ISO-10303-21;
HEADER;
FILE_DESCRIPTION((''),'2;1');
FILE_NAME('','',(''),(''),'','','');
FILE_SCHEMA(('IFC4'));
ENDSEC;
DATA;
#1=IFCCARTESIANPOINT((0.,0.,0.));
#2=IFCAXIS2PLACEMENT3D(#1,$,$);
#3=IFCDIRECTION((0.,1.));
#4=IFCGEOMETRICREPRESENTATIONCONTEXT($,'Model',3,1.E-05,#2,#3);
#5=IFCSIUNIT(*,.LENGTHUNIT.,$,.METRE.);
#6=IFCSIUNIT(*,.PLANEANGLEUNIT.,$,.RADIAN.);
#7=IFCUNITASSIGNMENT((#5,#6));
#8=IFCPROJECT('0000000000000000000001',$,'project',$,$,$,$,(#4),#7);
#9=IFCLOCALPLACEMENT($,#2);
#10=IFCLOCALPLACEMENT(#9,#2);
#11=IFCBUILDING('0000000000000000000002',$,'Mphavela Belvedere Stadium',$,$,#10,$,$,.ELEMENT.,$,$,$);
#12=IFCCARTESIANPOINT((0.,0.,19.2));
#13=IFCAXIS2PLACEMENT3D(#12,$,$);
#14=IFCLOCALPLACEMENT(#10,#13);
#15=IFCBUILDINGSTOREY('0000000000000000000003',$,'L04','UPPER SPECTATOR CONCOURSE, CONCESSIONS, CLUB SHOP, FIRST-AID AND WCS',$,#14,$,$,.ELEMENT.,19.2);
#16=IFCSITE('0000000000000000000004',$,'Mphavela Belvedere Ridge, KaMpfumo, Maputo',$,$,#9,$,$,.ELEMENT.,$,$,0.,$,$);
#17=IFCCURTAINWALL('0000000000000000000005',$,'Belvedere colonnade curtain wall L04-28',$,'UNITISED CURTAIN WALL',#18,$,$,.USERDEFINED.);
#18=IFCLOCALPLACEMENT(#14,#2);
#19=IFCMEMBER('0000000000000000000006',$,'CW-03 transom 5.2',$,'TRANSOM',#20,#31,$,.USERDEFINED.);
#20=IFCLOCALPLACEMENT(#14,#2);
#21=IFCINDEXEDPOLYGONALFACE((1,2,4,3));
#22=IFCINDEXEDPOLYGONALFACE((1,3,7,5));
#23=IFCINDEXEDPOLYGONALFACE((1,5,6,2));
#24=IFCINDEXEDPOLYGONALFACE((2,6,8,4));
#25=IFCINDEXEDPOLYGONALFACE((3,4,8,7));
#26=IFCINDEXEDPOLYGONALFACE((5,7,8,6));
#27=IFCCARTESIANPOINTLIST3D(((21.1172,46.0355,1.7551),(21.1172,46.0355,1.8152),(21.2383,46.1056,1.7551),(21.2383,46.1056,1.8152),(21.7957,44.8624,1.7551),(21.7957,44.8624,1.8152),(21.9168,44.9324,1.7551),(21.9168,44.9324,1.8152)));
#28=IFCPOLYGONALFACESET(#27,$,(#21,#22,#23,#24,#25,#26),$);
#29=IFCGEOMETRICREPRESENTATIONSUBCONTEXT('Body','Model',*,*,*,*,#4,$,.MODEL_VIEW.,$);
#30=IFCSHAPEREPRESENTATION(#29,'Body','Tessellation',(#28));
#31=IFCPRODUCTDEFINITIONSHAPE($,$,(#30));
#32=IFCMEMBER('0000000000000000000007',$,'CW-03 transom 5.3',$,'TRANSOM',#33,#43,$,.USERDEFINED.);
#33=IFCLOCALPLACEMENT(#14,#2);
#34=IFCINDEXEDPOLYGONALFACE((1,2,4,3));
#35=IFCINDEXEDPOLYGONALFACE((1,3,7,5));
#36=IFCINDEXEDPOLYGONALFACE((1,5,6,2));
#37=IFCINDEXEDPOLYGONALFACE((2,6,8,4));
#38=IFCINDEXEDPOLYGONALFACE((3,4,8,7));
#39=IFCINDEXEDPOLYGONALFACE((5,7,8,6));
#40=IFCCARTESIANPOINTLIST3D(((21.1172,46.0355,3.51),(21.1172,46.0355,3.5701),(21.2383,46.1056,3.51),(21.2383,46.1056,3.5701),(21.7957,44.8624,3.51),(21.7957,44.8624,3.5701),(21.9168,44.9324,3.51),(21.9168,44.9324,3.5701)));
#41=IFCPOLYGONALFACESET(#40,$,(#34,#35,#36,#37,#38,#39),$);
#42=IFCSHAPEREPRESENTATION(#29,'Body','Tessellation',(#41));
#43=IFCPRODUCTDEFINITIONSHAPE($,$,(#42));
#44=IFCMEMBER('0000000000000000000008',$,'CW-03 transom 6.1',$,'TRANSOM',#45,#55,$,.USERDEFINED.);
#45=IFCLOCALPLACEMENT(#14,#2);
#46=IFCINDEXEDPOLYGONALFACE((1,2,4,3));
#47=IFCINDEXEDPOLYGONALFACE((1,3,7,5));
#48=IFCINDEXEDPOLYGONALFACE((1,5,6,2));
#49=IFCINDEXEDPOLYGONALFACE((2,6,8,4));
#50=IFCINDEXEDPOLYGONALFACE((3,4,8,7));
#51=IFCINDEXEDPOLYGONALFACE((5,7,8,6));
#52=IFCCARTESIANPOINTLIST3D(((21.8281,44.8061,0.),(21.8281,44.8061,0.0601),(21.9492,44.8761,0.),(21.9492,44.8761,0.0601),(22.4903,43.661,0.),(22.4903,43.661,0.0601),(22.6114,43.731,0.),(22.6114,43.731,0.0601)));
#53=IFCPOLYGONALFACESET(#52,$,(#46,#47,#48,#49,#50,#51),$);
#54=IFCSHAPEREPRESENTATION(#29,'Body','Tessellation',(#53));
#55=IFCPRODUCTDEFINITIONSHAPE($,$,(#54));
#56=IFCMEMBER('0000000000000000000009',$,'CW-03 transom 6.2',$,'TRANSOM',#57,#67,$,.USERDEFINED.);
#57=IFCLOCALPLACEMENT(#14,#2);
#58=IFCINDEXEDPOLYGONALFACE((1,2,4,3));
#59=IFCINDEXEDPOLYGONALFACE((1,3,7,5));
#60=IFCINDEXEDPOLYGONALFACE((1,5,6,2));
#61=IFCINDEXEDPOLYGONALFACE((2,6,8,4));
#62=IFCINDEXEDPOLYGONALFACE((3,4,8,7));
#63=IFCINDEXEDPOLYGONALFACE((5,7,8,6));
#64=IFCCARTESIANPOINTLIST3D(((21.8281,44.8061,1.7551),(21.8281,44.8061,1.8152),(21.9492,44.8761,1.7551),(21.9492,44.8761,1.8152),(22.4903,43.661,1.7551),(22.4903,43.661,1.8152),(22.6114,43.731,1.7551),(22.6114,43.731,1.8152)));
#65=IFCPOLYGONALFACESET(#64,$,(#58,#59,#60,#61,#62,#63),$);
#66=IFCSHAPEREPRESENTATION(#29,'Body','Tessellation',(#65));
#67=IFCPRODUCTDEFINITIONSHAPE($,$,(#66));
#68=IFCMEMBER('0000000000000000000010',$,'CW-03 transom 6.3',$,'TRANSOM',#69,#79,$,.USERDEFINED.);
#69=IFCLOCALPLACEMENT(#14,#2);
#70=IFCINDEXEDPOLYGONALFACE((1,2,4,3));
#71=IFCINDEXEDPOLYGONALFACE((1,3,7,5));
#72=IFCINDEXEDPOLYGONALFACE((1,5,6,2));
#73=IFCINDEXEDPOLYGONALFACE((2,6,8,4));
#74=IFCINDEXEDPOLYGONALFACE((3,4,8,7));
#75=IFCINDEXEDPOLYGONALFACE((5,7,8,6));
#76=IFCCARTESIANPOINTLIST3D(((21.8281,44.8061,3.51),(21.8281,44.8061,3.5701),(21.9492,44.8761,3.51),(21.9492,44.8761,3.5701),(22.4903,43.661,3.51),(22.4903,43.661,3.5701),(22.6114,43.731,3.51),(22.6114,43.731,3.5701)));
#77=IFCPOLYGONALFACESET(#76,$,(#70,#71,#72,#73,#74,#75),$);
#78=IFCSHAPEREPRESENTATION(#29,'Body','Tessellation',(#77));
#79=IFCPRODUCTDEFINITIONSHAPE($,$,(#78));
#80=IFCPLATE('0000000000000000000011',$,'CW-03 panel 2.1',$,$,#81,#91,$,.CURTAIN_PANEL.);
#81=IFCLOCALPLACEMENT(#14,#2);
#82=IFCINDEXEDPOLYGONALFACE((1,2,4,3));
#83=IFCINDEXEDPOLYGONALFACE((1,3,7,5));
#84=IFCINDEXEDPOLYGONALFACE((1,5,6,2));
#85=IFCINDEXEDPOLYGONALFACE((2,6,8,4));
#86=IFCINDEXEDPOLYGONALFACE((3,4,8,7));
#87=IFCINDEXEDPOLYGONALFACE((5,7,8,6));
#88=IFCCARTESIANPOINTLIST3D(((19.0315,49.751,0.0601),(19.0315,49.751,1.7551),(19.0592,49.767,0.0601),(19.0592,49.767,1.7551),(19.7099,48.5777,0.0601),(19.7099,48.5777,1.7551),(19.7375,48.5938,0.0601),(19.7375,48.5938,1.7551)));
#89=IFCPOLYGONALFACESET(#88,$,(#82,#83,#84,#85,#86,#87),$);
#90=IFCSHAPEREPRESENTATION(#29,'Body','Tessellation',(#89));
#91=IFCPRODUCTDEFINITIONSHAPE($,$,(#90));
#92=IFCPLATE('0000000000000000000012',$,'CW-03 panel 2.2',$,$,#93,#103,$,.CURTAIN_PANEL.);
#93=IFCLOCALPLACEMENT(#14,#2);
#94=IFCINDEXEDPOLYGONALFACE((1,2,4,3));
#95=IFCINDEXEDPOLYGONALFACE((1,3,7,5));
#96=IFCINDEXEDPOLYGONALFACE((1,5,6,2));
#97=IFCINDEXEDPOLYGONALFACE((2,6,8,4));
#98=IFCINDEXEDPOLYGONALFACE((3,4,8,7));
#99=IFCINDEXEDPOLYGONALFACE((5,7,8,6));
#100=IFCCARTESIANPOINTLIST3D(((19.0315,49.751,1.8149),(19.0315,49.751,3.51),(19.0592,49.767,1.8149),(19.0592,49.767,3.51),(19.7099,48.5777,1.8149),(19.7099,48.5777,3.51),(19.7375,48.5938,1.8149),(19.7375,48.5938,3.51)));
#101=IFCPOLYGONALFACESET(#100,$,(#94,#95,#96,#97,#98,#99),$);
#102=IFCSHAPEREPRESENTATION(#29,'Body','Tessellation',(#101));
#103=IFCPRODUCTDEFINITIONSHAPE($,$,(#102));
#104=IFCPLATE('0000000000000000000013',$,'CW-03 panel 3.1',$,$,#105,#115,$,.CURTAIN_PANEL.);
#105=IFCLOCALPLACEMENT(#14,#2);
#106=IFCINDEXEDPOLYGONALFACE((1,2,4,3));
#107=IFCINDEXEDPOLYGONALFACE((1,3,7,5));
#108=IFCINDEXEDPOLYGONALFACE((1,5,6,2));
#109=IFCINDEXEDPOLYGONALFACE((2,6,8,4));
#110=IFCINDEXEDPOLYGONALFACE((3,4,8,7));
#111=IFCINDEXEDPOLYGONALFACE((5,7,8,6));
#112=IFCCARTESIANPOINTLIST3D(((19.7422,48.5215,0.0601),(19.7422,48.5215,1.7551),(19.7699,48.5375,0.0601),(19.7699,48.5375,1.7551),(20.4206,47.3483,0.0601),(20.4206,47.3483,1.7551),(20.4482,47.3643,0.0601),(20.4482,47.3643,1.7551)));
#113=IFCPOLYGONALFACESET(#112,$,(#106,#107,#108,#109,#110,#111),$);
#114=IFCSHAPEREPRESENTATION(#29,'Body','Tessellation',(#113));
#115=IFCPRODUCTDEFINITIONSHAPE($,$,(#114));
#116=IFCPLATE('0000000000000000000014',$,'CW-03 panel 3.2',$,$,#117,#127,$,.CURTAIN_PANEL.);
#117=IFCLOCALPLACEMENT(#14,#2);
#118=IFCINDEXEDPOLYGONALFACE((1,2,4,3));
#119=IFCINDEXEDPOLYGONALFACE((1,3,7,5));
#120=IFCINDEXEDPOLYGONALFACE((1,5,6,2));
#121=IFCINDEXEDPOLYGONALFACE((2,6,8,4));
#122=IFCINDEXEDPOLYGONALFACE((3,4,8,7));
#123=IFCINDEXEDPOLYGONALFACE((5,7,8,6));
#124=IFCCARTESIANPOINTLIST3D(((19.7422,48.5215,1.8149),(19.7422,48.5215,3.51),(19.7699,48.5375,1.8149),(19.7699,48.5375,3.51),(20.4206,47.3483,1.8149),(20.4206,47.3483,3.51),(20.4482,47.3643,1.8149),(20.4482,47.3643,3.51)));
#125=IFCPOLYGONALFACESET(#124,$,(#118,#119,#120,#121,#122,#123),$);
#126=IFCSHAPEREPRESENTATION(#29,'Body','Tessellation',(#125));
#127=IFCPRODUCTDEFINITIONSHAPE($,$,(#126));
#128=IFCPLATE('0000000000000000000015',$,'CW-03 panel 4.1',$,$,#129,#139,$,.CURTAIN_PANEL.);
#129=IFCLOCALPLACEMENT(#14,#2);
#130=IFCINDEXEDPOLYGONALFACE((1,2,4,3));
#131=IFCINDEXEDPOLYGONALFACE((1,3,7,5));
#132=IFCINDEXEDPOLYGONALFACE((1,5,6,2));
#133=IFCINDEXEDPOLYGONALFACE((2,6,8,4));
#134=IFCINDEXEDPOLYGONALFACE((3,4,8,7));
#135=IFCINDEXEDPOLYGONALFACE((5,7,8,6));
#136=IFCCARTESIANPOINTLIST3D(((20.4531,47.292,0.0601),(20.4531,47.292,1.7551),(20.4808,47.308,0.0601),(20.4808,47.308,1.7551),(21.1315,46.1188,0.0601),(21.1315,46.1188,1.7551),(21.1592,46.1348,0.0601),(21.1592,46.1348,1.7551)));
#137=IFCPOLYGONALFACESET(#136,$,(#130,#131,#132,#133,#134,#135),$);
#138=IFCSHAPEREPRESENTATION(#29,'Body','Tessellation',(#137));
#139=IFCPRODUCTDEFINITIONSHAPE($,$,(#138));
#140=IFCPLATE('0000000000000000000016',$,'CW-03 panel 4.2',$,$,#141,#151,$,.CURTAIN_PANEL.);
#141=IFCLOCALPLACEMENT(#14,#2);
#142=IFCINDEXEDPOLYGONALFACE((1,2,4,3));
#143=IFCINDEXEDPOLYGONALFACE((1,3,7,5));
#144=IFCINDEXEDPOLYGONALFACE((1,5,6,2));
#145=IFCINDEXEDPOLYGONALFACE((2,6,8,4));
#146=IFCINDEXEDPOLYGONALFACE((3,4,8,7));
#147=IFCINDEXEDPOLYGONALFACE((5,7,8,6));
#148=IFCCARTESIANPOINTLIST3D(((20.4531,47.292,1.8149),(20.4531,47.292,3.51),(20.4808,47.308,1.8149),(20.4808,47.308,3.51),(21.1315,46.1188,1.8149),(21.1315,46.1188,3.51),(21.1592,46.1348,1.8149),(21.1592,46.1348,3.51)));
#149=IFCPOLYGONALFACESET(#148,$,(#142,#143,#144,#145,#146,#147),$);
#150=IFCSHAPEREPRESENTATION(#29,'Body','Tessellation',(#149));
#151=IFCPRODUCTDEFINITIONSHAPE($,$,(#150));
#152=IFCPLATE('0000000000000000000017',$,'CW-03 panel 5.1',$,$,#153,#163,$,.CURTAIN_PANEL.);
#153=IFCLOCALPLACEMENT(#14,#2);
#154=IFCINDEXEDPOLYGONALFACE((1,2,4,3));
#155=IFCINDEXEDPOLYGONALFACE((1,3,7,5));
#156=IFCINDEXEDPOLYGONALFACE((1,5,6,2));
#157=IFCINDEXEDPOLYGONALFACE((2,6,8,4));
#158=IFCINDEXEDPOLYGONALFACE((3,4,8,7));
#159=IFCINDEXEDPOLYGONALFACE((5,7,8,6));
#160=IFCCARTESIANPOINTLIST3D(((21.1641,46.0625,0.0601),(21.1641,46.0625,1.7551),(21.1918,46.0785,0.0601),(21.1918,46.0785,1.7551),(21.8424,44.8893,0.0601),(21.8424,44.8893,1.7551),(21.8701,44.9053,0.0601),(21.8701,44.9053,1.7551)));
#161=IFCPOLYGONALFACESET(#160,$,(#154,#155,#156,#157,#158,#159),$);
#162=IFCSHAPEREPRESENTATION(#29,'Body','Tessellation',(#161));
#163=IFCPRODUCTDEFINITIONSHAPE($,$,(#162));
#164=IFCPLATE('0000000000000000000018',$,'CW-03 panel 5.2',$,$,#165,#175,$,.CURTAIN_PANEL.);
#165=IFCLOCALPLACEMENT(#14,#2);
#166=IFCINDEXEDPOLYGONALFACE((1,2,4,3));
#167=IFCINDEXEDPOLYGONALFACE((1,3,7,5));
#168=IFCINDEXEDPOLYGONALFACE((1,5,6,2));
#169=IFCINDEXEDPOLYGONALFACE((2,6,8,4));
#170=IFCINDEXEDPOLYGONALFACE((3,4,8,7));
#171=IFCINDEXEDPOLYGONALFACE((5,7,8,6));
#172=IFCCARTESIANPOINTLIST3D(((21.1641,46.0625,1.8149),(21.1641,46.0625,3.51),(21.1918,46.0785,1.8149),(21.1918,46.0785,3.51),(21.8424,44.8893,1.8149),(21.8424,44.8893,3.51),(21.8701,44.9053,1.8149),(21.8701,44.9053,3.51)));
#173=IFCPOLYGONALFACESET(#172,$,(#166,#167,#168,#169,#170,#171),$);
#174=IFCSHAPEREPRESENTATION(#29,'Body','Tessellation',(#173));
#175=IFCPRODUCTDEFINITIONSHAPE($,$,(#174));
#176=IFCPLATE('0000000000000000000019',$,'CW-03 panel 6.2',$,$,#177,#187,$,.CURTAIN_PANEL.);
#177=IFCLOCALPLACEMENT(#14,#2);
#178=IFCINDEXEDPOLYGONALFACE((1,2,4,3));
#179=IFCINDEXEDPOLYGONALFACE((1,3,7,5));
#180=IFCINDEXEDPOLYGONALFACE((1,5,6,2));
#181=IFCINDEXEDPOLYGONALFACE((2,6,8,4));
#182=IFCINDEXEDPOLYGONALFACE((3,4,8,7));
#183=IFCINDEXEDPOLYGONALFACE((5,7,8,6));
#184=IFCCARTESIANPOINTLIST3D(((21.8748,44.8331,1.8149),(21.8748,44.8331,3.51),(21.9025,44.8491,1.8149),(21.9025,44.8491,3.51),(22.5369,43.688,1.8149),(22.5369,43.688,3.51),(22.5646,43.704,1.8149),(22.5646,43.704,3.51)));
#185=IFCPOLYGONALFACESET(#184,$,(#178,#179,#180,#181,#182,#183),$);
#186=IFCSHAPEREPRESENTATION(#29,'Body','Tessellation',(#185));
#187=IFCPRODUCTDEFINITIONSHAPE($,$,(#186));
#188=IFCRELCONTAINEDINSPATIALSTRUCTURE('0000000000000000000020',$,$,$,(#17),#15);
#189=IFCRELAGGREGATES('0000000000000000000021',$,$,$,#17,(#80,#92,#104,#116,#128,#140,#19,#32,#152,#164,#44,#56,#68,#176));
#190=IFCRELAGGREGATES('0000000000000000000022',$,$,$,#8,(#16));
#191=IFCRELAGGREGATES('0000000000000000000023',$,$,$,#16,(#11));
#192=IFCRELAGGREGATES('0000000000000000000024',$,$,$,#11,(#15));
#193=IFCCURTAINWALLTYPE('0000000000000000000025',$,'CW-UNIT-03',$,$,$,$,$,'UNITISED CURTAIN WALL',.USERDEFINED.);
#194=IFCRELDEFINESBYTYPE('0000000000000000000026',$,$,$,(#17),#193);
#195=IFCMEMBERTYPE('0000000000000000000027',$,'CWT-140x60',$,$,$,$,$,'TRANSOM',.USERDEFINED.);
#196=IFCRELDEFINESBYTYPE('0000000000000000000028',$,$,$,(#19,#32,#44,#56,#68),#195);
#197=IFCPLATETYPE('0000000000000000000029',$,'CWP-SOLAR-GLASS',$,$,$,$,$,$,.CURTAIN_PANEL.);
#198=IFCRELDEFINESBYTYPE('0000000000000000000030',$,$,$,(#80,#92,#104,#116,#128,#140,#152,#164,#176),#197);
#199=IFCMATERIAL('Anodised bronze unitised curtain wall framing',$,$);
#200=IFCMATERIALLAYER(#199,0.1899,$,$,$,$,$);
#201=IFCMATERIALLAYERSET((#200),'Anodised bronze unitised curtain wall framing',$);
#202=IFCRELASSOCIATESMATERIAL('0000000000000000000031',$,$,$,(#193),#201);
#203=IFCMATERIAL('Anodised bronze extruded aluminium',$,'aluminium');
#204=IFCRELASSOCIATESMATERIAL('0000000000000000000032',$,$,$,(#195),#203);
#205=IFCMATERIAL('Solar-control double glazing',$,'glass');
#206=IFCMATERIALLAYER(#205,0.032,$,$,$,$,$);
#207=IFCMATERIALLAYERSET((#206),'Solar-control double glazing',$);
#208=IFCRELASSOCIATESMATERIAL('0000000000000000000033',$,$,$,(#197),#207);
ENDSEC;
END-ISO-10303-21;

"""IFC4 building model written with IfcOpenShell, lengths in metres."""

from ifc_helpers import new_model, si_unit, direction, frame, origin, origin_2d, place, context, subcontext, project, spatial, rectangle, extrude, material, layer, layer_set, material_profile, profile_set, type_object, element, aggregate, save


model = new_model("IFC4")

# Units and contexts
model_context = context("Model", 3, precision=1e-05, world=origin(), true_north=direction((0.0, 1.0)))
body_context = subcontext(model_context, "Body", "Model", "MODEL_VIEW")
ifc_project = project(units=[si_unit("LENGTHUNIT", "METRE"), si_unit("PLANEANGLEUNIT", "RADIAN")], contexts=[model_context])

# Site, building, storey
site_placement = place(None, origin())
site = spatial("IfcSite", under=ifc_project, at=site_placement, Name="Mphavela Belvedere Ridge, KaMpfumo, Maputo", CompositionType="ELEMENT", RefElevation=0.0)
building_placement = place(site_placement, origin())
building = spatial("IfcBuilding", under=site, at=building_placement, Name="Mphavela Belvedere Stadium", CompositionType="ELEMENT")
storey_placement = place(building_placement, frame((0.0, 0.0, 19.2)))
storey = spatial("IfcBuildingStorey", under=building, at=storey_placement, Name="L04", Description="UPPER SPECTATOR CONCOURSE, CONCESSIONS, CLUB SHOP, FIRST-AID AND WCS", CompositionType="ELEMENT", Elevation=19.2)

# Curtain wall, members, plates
ifc_material_1 = material(Name="Anodised bronze unitised curtain wall framing")
ifc_layer_1 = layer(ifc_material_1, 0.1899)
ifc_layer_set_1 = layer_set([ifc_layer_1], Name="Anodised bronze unitised curtain wall framing")
curtain_wall_type = type_object("IfcCurtainWallType", Name="CW-UNIT-03", ElementType="UNITISED CURTAIN WALL", PredefinedType="USERDEFINED", material=ifc_layer_set_1)
curtain_wall_placement = place(storey_placement, origin())
curtain_wall = element("IfcCurtainWall", 1, at=curtain_wall_placement, inside=storey, type_object=curtain_wall_type, Name="Belvedere colonnade curtain wall L04-28", ObjectType="UNITISED CURTAIN WALL", PredefinedType="USERDEFINED")
ifc_material_2 = material(Name="Anodised bronze extruded aluminium", Category="aluminium")
ifc_material_profile_1 = material_profile(ifc_material_2, rectangle(XDim=0.1399, YDim=0.0601, at=origin_2d()), Name="CW-TRN 140x60")
ifc_profile_set_1 = profile_set([ifc_material_profile_1], Name="Anodised bronze extruded aluminium")
member_type_1 = type_object("IfcMemberType", Name="CWT-140x60", ElementType="TRANSOM", PredefinedType="USERDEFINED", material=ifc_profile_set_1)
member_1_placement = place(storey_placement, frame((21.1777, 46.0706, 1.7852), z_axis=(0.500653, -0.865648, 0.0), x_axis=(0.865648, 0.500653, 0.0)))
member_1 = element("IfcMember", 2, at=member_1_placement, type_object=member_type_1, Name="CW-03 transom 5.2", ObjectType="TRANSOM", PredefinedType="USERDEFINED", context=body_context, shape_type="SweptSolid", body=[
    extrude(rectangle(XDim=0.1399, YDim=0.0601, at=origin_2d()), origin(), (0.0, 0.0, 1.0), 1.3552),
])
member_2_placement = place(storey_placement, frame((21.1777, 46.0706, 3.54), z_axis=(0.500653, -0.865648, 0.0), x_axis=(0.865648, 0.500653, 0.0)))
member_2 = element("IfcMember", 3, at=member_2_placement, type_object=member_type_1, Name="CW-03 transom 5.3", ObjectType="TRANSOM", PredefinedType="USERDEFINED", context=body_context, shape_type="SweptSolid", body=[
    extrude(rectangle(XDim=0.1399, YDim=0.0601, at=origin_2d()), origin(), (0.0, 0.0, 1.0), 1.3552),
])
member_3_placement = place(storey_placement, frame((21.8887, 44.8411, 0.03), z_axis=(0.500585, -0.865687, 0.0), x_axis=(0.865687, 0.500585, 0.0)))
member_3 = element("IfcMember", 4, at=member_3_placement, type_object=member_type_1, Name="CW-03 transom 6.1", ObjectType="TRANSOM", PredefinedType="USERDEFINED", context=body_context, shape_type="SweptSolid", body=[
    extrude(rectangle(XDim=0.1399, YDim=0.0601, at=origin_2d()), origin(), (0.0, 0.0, 1.0), 1.3228),
])
member_4_placement = place(storey_placement, frame((21.8887, 44.8411, 1.7852), z_axis=(0.500585, -0.865687, 0.0), x_axis=(0.865687, 0.500585, 0.0)))
member_4 = element("IfcMember", 5, at=member_4_placement, type_object=member_type_1, Name="CW-03 transom 6.2", ObjectType="TRANSOM", PredefinedType="USERDEFINED", context=body_context, shape_type="SweptSolid", body=[
    extrude(rectangle(XDim=0.1399, YDim=0.0601, at=origin_2d()), origin(), (0.0, 0.0, 1.0), 1.3228),
])
member_5_placement = place(storey_placement, frame((21.8887, 44.8411, 3.54), z_axis=(0.500585, -0.865687, 0.0), x_axis=(0.865687, 0.500585, 0.0)))
member_5 = element("IfcMember", 6, at=member_5_placement, type_object=member_type_1, Name="CW-03 transom 6.3", ObjectType="TRANSOM", PredefinedType="USERDEFINED", context=body_context, shape_type="SweptSolid", body=[
    extrude(rectangle(XDim=0.1399, YDim=0.0601, at=origin_2d()), origin(), (0.0, 0.0, 1.0), 1.3228),
])
ifc_material_3 = material(Name="Solar-control double glazing", Category="glass")
ifc_layer_2 = layer(ifc_material_3, 0.032)
ifc_layer_set_2 = layer_set([ifc_layer_2], Name="Solar-control double glazing")
plate_type = type_object("IfcPlateType", Name="CWP-SOLAR-GLASS", PredefinedType="CURTAIN_PANEL", material=ifc_layer_set_2)
plate_1_placement = place(storey_placement, frame((19.3845, 49.1724, 0.0601), z_axis=(0.0, 0.0, 1.0), x_axis=(0.500556, -0.865704, 0.0)))
plate_1 = element("IfcPlate", 7, at=plate_1_placement, type_object=plate_type, Name="CW-03 panel 2.1", PredefinedType="CURTAIN_PANEL", context=body_context, shape_type="SweptSolid", body=[
    extrude(rectangle(XDim=1.3552, YDim=0.032, at=origin_2d()), origin(), (0.0, 0.0, 1.0), 1.6951),
])
plate_2_placement = place(storey_placement, frame((19.3845, 49.1724, 1.8149), z_axis=(0.0, 0.0, 1.0), x_axis=(0.500556, -0.865704, 0.0)))
plate_2 = element("IfcPlate", 8, at=plate_2_placement, type_object=plate_type, Name="CW-03 panel 2.2", PredefinedType="CURTAIN_PANEL", context=body_context, shape_type="SweptSolid", body=[
    extrude(rectangle(XDim=1.3552, YDim=0.032, at=origin_2d()), origin(), (0.0, 0.0, 1.0), 1.6951),
])
plate_3_placement = place(storey_placement, frame((20.0952, 47.9429, 0.0601), z_axis=(0.0, 0.0, 1.0), x_axis=(0.500556, -0.865704, 0.0)))
plate_3 = element("IfcPlate", 9, at=plate_3_placement, type_object=plate_type, Name="CW-03 panel 3.1", PredefinedType="CURTAIN_PANEL", context=body_context, shape_type="SweptSolid", body=[
    extrude(rectangle(XDim=1.3552, YDim=0.032, at=origin_2d()), origin(), (0.0, 0.0, 1.0), 1.6951),
])
plate_4_placement = place(storey_placement, frame((20.0952, 47.9429, 1.8149), z_axis=(0.0, 0.0, 1.0), x_axis=(0.500556, -0.865704, 0.0)))
plate_4 = element("IfcPlate", 10, at=plate_4_placement, type_object=plate_type, Name="CW-03 panel 3.2", PredefinedType="CURTAIN_PANEL", context=body_context, shape_type="SweptSolid", body=[
    extrude(rectangle(XDim=1.3552, YDim=0.032, at=origin_2d()), origin(), (0.0, 0.0, 1.0), 1.6951),
])
plate_5_placement = place(storey_placement, frame((20.8062, 46.7134, 0.0601), z_axis=(0.0, 0.0, 1.0), x_axis=(0.500556, -0.865704, 0.0)))
plate_5 = element("IfcPlate", 11, at=plate_5_placement, type_object=plate_type, Name="CW-03 panel 4.1", PredefinedType="CURTAIN_PANEL", context=body_context, shape_type="SweptSolid", body=[
    extrude(rectangle(XDim=1.3552, YDim=0.032, at=origin_2d()), origin(), (0.0, 0.0, 1.0), 1.6951),
])
plate_6_placement = place(storey_placement, frame((20.8062, 46.7134, 1.8149), z_axis=(0.0, 0.0, 1.0), x_axis=(0.500556, -0.865704, 0.0)))
plate_6 = element("IfcPlate", 12, at=plate_6_placement, type_object=plate_type, Name="CW-03 panel 4.2", PredefinedType="CURTAIN_PANEL", context=body_context, shape_type="SweptSolid", body=[
    extrude(rectangle(XDim=1.3552, YDim=0.032, at=origin_2d()), origin(), (0.0, 0.0, 1.0), 1.6951),
])
plate_7_placement = place(storey_placement, frame((21.5171, 45.4839, 0.0601), z_axis=(0.0, 0.0, 1.0), x_axis=(0.500556, -0.865704, 0.0)))
plate_7 = element("IfcPlate", 13, at=plate_7_placement, type_object=plate_type, Name="CW-03 panel 5.1", PredefinedType="CURTAIN_PANEL", context=body_context, shape_type="SweptSolid", body=[
    extrude(rectangle(XDim=1.3552, YDim=0.032, at=origin_2d()), origin(), (0.0, 0.0, 1.0), 1.6951),
])
plate_8_placement = place(storey_placement, frame((21.5171, 45.4839, 1.8149), z_axis=(0.0, 0.0, 1.0), x_axis=(0.500556, -0.865704, 0.0)))
plate_8 = element("IfcPlate", 14, at=plate_8_placement, type_object=plate_type, Name="CW-03 panel 5.2", PredefinedType="CURTAIN_PANEL", context=body_context, shape_type="SweptSolid", body=[
    extrude(rectangle(XDim=1.3552, YDim=0.032, at=origin_2d()), origin(), (0.0, 0.0, 1.0), 1.6951),
])
plate_9_placement = place(storey_placement, frame((22.2197, 44.2686, 1.8149), z_axis=(0.0, 0.0, 1.0), x_axis=(0.500556, -0.865704, 0.0)))
plate_9 = element("IfcPlate", 15, at=plate_9_placement, type_object=plate_type, Name="CW-03 panel 6.2", PredefinedType="CURTAIN_PANEL", context=body_context, shape_type="SweptSolid", body=[
    extrude(rectangle(XDim=1.3228, YDim=0.032, at=origin_2d()), origin(), (0.0, 0.0, 1.0), 1.6951),
])
aggregate(curtain_wall, [plate_1, plate_2, plate_3, plate_4, plate_5, plate_6, member_1, member_2, plate_7, plate_8, member_3, member_4, member_5, plate_9])

save(model, "model.ifc")
